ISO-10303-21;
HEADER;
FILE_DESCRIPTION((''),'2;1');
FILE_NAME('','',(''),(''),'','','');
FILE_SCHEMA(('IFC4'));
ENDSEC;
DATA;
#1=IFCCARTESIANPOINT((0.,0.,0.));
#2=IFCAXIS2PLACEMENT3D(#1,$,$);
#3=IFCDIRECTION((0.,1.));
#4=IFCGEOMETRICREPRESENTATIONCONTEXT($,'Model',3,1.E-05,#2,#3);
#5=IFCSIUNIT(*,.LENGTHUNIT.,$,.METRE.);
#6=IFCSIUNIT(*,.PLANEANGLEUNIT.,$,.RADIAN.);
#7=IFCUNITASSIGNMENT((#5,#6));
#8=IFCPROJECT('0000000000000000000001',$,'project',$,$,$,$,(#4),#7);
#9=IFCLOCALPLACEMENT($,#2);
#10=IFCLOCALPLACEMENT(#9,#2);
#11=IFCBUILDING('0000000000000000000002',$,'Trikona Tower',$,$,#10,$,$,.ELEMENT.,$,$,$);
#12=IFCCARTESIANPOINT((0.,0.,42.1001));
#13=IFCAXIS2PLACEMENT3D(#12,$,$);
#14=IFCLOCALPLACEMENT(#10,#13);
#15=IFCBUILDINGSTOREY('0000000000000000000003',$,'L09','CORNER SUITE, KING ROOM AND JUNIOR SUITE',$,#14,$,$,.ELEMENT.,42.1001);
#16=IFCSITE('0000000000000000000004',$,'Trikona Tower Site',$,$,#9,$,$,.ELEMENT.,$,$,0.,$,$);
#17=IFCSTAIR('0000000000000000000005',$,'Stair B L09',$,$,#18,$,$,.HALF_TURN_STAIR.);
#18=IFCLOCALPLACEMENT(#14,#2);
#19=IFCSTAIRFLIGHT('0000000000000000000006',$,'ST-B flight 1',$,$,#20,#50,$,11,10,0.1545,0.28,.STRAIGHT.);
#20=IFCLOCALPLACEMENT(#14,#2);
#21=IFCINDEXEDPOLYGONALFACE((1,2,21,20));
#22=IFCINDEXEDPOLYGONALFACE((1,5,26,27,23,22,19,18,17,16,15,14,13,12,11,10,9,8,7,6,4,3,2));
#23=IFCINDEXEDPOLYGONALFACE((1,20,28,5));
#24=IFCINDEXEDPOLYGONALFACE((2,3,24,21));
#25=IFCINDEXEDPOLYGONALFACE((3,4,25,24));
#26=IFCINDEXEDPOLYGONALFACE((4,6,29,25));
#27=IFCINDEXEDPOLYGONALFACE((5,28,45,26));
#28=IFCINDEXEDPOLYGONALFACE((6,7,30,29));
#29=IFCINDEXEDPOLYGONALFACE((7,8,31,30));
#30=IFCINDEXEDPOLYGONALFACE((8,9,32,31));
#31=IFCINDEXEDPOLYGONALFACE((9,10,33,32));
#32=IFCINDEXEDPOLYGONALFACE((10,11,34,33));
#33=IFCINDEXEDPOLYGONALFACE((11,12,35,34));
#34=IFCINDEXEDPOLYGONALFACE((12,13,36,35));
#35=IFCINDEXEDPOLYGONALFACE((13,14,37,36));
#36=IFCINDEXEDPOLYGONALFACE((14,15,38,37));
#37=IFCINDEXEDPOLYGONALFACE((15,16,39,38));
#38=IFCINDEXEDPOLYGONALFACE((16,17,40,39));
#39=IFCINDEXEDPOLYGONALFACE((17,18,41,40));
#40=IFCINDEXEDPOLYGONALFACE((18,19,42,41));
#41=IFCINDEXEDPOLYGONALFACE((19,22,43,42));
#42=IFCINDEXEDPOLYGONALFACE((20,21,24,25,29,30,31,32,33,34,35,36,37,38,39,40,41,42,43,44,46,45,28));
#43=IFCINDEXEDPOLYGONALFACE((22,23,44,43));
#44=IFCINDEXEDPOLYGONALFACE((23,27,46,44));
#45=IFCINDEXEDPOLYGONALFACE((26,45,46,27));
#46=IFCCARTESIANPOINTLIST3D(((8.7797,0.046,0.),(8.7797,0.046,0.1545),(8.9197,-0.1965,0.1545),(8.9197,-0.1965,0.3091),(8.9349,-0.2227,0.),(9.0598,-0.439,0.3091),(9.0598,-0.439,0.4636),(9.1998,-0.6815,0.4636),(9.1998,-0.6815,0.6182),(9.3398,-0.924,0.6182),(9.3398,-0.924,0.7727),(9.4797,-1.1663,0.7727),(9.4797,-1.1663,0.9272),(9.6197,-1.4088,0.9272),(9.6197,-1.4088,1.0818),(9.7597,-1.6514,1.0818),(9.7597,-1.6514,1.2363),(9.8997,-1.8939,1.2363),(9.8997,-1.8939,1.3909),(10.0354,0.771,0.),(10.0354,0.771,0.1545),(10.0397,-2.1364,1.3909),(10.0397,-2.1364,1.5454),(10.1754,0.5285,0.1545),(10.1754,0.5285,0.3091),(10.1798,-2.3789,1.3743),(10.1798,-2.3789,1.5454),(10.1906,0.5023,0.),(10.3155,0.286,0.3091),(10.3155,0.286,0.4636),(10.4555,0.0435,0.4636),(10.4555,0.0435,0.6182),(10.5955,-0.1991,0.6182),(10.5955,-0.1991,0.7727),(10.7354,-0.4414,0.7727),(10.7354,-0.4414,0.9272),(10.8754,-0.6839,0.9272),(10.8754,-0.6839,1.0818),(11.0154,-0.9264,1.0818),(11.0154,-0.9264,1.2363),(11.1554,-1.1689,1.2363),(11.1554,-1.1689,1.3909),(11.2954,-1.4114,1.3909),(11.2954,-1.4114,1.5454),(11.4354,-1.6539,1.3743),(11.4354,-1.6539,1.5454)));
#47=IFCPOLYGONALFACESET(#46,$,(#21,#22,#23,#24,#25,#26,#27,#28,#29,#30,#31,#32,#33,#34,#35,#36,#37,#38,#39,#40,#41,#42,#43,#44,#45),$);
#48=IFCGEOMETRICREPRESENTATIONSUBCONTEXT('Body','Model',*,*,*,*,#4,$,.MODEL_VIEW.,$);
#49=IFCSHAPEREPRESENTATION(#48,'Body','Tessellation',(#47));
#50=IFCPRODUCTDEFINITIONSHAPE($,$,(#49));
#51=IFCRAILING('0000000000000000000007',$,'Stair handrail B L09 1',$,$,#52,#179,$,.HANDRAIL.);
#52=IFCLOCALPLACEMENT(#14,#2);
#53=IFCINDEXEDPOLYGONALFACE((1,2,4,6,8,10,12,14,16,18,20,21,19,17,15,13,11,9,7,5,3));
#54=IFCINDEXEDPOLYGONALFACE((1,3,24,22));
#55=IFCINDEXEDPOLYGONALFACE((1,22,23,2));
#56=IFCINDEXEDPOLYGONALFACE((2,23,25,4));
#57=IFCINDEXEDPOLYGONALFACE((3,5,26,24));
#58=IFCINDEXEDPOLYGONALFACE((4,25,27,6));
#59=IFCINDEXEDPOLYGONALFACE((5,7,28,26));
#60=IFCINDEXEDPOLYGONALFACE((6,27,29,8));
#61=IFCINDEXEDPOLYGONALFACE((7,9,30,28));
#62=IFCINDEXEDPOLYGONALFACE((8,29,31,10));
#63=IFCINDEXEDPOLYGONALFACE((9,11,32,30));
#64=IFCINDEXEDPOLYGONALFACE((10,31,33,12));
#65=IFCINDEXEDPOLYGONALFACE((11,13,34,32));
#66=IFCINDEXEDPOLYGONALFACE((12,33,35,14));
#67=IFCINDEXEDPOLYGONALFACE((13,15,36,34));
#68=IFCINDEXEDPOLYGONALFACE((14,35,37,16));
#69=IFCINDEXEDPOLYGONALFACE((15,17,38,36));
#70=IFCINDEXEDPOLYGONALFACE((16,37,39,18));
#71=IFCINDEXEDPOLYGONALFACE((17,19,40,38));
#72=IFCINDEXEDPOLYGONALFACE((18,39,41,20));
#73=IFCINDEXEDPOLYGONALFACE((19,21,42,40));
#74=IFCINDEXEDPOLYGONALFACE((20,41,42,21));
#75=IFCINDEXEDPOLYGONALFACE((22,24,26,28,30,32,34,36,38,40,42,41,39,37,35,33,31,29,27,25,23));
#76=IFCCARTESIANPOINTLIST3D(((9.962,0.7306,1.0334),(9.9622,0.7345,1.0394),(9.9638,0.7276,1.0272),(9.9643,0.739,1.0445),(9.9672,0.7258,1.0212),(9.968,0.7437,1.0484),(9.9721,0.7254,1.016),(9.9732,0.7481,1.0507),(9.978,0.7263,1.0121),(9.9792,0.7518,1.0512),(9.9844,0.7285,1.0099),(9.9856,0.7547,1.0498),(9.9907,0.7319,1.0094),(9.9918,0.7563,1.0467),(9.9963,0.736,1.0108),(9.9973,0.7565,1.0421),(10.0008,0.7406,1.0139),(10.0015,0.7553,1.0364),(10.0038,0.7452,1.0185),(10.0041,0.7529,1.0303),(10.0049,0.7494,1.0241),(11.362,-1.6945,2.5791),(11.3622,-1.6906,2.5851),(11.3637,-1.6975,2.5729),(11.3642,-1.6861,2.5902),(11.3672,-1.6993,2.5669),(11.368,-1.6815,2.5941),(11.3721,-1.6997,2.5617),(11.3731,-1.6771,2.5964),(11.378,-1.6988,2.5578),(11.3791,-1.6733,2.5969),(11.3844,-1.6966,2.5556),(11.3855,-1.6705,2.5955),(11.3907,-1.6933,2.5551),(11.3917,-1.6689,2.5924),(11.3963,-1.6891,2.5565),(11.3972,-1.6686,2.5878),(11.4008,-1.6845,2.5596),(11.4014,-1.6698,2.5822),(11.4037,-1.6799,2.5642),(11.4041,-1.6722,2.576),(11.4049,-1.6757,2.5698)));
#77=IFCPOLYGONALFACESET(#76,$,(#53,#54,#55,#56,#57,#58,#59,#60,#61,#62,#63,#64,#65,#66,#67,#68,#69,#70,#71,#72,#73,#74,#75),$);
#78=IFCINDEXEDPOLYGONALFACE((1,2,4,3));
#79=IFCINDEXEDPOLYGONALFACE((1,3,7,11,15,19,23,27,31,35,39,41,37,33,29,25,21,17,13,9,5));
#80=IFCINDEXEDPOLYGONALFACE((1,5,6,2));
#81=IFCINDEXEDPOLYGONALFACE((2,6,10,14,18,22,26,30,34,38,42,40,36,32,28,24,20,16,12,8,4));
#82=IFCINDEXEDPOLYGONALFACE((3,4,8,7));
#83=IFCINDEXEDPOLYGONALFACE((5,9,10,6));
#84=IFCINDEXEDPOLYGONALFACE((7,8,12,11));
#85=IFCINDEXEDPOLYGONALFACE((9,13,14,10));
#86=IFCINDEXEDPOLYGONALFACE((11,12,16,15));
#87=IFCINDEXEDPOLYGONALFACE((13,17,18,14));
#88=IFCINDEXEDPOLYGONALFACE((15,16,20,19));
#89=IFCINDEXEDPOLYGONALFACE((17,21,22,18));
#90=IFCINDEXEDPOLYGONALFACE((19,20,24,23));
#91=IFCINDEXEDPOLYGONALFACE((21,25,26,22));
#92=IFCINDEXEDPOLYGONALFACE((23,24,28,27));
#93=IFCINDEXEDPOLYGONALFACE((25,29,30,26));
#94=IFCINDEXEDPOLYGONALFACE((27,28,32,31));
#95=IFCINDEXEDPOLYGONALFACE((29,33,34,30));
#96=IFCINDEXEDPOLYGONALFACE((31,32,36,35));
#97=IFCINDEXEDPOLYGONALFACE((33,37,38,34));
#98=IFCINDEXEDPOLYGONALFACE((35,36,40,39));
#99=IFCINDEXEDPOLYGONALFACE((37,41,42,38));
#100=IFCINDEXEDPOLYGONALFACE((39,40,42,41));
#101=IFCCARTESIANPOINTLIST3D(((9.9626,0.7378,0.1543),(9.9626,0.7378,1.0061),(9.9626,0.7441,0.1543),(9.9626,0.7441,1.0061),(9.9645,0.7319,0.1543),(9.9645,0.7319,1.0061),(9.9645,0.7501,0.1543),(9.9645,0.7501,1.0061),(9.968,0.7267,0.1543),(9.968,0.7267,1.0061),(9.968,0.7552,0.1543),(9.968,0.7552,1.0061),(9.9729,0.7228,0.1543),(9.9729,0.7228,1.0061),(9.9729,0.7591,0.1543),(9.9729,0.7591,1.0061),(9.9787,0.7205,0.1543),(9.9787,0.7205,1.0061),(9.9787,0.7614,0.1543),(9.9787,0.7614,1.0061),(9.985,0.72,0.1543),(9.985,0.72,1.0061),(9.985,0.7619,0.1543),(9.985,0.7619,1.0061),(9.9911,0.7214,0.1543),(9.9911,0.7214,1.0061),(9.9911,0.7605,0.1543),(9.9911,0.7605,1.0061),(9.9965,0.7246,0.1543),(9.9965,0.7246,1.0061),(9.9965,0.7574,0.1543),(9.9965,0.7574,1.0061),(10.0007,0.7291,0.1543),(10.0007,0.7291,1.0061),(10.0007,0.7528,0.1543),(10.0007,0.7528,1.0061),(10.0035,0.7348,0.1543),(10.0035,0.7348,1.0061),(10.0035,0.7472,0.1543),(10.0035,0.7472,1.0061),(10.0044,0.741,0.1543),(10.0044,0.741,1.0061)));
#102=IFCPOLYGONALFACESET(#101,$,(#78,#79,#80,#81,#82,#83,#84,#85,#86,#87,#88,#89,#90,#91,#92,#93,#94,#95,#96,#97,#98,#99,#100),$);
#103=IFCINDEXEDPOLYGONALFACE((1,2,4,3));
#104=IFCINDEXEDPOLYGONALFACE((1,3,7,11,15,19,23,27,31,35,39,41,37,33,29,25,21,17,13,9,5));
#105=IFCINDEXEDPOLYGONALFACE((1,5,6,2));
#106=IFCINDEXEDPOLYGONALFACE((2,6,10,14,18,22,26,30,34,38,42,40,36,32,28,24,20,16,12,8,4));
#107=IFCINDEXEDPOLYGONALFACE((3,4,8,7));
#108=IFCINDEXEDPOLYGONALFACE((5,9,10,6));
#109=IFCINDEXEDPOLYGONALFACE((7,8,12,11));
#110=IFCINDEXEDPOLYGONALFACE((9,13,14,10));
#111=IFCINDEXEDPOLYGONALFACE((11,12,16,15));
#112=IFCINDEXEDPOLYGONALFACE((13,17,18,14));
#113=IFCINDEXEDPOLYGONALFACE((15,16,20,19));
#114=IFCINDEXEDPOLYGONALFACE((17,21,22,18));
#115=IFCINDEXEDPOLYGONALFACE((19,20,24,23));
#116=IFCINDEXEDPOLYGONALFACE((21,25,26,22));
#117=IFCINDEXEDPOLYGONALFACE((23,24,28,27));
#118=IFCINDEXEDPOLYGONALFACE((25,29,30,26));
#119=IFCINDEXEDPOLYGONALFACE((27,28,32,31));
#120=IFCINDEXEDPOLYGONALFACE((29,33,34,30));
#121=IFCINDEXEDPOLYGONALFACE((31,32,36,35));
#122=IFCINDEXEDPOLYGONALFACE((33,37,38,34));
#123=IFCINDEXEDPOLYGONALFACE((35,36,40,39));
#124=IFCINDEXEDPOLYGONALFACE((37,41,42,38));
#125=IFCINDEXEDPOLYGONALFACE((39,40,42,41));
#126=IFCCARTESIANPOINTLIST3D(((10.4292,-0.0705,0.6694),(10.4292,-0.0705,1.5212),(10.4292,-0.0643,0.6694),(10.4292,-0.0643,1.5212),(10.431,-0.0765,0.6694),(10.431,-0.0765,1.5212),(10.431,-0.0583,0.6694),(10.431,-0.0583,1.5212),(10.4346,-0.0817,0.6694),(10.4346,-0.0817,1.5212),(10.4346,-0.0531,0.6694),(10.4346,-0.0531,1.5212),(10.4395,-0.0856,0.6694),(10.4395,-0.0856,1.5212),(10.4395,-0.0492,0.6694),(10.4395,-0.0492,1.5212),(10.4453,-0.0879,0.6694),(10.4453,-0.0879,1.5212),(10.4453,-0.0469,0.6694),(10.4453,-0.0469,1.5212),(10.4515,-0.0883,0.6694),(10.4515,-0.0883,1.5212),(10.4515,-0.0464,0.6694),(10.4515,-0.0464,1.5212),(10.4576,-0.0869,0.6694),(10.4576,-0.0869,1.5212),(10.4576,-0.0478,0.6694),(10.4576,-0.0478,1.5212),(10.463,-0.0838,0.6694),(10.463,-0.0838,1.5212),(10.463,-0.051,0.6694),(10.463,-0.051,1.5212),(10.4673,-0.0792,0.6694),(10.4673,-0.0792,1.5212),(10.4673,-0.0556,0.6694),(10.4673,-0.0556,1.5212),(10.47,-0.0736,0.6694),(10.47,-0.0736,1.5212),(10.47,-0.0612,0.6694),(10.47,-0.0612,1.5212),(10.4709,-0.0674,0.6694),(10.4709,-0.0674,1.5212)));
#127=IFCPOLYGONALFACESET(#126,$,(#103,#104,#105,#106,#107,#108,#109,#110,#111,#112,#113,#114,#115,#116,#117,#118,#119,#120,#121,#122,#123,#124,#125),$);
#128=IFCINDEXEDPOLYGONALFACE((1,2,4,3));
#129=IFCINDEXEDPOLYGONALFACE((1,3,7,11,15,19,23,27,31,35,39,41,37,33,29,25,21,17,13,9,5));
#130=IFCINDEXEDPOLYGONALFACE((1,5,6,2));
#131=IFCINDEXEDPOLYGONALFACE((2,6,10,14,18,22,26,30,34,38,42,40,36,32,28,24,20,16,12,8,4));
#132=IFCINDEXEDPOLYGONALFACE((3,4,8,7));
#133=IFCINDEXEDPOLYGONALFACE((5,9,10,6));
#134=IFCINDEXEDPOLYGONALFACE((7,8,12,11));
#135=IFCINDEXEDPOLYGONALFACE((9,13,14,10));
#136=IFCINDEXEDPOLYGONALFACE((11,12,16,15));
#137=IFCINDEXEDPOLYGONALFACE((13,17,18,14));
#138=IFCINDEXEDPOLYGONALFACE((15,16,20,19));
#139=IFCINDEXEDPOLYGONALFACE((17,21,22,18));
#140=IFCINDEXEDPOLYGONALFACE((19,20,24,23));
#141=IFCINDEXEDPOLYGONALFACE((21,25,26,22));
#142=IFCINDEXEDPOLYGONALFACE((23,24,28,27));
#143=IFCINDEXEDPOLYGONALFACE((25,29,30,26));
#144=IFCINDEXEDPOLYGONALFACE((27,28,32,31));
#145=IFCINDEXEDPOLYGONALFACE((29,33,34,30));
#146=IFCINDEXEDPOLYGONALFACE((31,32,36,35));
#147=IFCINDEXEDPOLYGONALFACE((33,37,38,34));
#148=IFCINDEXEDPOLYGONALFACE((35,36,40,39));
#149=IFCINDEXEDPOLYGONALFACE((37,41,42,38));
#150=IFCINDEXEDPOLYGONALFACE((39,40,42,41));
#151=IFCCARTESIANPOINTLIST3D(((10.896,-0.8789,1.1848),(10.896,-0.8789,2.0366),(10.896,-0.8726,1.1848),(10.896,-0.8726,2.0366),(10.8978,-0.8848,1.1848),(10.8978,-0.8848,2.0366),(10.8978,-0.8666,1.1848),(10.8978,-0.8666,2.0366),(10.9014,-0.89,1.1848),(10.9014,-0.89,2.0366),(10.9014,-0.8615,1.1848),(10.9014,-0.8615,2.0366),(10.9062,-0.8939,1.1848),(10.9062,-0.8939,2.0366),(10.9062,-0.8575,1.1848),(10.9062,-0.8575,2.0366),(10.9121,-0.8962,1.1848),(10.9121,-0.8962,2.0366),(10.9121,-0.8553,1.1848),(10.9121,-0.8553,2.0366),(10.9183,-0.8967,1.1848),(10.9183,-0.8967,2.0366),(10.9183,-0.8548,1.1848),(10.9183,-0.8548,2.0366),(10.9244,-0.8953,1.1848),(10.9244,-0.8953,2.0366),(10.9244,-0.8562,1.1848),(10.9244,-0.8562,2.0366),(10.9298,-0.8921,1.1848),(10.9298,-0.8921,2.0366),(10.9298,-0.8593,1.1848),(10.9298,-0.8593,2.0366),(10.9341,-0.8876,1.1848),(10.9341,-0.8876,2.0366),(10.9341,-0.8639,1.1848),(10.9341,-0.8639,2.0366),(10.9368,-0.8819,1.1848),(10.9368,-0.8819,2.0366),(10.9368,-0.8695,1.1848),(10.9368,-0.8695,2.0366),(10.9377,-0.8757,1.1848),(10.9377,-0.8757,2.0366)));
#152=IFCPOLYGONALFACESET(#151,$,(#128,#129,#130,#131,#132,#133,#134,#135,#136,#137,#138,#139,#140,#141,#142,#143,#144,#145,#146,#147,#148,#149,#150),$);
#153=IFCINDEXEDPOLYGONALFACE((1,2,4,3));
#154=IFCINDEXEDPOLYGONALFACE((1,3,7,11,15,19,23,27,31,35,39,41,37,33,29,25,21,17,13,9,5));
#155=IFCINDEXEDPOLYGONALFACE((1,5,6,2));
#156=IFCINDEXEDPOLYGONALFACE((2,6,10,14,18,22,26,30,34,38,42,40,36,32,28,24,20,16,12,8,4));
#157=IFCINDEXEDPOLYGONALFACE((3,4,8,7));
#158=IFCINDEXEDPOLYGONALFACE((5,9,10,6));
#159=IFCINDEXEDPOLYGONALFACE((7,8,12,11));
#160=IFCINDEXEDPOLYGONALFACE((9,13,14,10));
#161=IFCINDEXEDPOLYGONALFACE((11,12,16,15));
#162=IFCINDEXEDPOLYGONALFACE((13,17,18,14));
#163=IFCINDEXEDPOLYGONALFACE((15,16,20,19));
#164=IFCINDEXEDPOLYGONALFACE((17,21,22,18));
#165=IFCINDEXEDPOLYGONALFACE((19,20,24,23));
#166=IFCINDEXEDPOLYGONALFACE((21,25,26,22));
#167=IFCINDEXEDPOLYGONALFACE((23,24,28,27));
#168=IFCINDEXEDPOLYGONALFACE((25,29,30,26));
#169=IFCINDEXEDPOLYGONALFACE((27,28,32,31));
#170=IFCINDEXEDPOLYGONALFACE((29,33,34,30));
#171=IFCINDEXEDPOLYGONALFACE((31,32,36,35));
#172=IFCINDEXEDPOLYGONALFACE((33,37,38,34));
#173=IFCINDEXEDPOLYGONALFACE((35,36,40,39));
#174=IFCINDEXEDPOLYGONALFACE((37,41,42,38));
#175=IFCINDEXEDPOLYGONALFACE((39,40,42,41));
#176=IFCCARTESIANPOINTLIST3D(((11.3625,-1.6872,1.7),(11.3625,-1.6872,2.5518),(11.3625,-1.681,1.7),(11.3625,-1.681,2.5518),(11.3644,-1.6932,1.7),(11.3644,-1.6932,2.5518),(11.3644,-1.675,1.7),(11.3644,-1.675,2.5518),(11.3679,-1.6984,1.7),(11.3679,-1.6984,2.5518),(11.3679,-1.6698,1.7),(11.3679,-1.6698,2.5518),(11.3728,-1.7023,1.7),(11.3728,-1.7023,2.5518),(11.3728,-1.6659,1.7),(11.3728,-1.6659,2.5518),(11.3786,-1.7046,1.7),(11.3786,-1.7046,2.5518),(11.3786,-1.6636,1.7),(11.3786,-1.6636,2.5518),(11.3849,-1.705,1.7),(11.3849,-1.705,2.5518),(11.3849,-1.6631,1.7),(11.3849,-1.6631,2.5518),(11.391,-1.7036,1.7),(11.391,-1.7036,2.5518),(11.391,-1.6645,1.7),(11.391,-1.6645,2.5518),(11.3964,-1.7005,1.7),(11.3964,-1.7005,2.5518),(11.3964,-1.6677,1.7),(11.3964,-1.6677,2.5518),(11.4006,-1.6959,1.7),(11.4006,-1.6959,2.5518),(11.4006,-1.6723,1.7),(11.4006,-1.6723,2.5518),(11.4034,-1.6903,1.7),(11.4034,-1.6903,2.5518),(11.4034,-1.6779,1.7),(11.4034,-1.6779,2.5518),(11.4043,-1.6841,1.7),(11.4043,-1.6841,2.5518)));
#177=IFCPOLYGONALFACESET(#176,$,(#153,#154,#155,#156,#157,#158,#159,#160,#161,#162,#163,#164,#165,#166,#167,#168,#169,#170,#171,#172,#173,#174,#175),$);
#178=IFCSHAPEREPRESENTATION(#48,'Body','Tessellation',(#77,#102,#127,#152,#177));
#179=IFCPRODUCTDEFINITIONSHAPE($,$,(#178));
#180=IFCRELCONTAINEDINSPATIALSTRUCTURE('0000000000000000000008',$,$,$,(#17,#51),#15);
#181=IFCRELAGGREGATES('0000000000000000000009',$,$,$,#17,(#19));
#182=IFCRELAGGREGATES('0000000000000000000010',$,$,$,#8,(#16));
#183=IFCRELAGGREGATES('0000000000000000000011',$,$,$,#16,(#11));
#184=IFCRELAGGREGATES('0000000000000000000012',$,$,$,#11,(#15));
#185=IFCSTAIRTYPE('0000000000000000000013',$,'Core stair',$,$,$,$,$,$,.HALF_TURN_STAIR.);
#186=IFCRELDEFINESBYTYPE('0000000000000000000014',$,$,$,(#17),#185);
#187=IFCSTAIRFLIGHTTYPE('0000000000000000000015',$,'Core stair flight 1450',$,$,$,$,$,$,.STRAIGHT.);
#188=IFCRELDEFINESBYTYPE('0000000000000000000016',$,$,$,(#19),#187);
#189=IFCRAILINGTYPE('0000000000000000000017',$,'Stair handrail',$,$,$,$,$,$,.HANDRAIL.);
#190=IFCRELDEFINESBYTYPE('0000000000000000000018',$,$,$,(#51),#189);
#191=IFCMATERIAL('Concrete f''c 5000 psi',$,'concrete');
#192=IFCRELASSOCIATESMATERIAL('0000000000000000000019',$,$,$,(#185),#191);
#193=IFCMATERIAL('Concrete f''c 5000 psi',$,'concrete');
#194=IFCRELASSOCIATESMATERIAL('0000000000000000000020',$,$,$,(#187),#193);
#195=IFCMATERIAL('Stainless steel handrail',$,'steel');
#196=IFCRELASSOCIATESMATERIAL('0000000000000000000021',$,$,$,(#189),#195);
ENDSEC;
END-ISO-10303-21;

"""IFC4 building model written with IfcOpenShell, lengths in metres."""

from ifc_helpers import new_model, si_unit, direction, frame, origin, origin_2d, place, context, subcontext, project, spatial, polyline, circle, outline, extrude, material, type_object, element, aggregate, save


model = new_model("IFC4")

# Units and contexts
model_context = context("Model", 3, precision=1e-05, world=origin(), true_north=direction((0.0, 1.0)))
body_context = subcontext(model_context, "Body", "Model", "MODEL_VIEW")
ifc_project = project(units=[si_unit("LENGTHUNIT", "METRE"), si_unit("PLANEANGLEUNIT", "RADIAN")], contexts=[model_context])

# Site, building, storey
site_placement = place(None, origin())
site = spatial("IfcSite", under=ifc_project, at=site_placement, Name="Trikona Tower Site", CompositionType="ELEMENT", RefElevation=0.0)
building_placement = place(site_placement, origin())
building = spatial("IfcBuilding", under=site, at=building_placement, Name="Trikona Tower", CompositionType="ELEMENT")
storey_placement = place(building_placement, frame((0.0, 0.0, 42.1001)))
storey = spatial("IfcBuildingStorey", under=building, at=storey_placement, Name="L09", Description="CORNER SUITE, KING ROOM AND JUNIOR SUITE", CompositionType="ELEMENT", Elevation=42.1001)

# Stair
ifc_material_1 = material(Name="Concrete f'c 5000 psi", Category="concrete")
stair_type = type_object("IfcStairType", Name="Core stair", PredefinedType="HALF_TURN_STAIR", material=ifc_material_1)
stair_1_placement = place(storey_placement, origin())
stair_1 = element("IfcStair", 1, at=stair_1_placement, inside=storey, type_object=stair_type, Name="Stair B L09", PredefinedType="HALF_TURN_STAIR")

# Stair flight
ifc_material_2 = material(Name="Concrete f'c 5000 psi", Category="concrete")
stair_flight_type = type_object("IfcStairFlightType", Name="Core stair flight 1450", PredefinedType="STRAIGHT", material=ifc_material_2)
stair_flight_placement = place(storey_placement, frame((9.4075, 0.4084, 0.0), z_axis=(0.0, 0.0, 1.0), x_axis=(0.5, -0.866025, 0.0)))
stair_flight = element("IfcStairFlight", 2, at=stair_flight_placement, type_object=stair_flight_type, Name="ST-B flight 1", NumberOfRisers=11, NumberOfTreads=10, PredefinedType="STRAIGHT", RiserHeight=0.1545, TreadLength=0.28, context=body_context, shape_type="SweptSolid", body=[
    extrude(outline(polyline([(0.0, 0.0), (0.0, 0.1545), (0.28, 0.1545), (0.28, 0.3091), (0.5601, 0.3091), (0.5601, 0.4636), (0.8401, 0.4636), (0.8401, 0.6182), (1.1201, 0.6182), (1.1201, 0.7727), (1.3999, 0.7727), (1.3999, 0.9272), (1.6799, 0.9272), (1.6799, 1.0818), (1.96, 1.0818), (1.96, 1.2363), (2.24, 1.2363), (2.24, 1.3909), (2.52, 1.3909), (2.52, 1.5454), (2.8, 1.5454), (2.8, 1.7), (2.8, 1.3743), (0.3103, 0.0), (0.0, 0.0)])), frame((0.0, 0.7251, 0.0), z_axis=(0.0, -1.0, 0.0), x_axis=(1.0, 0.0, 0.0)), (0.0, 0.0, 1.0), 1.45),
])
aggregate(stair_1, [stair_flight])

# Railing
ifc_material_3 = material(Name="Stainless steel handrail", Category="steel")
railing_type = type_object("IfcRailingType", Name="Stair handrail", PredefinedType="HANDRAIL", material=ifc_material_3)
railing_placement = place(storey_placement, frame((9.9834, 0.741, 0.1543)))
element("IfcRailing", 3, at=railing_placement, inside=storey, type_object=railing_type, Name="Stair handrail B L09 1", PredefinedType="HANDRAIL", context=body_context, shape_type="SweptSolid", body=[
    extrude(circle(Radius=0.0239, at=origin_2d()), frame((0.0, 0.0, 0.876), z_axis=(0.437691, -0.758212, 0.483262), x_axis=(0.866056, 0.499946, 0.0)), (0.0, 0.0, 1.0), 3.1985),
    extrude(circle(Radius=0.021, at=origin_2d()), origin(), (0.0, 0.0, 1.0), 0.8518),
    extrude(circle(Radius=0.021, at=origin_2d()), frame((0.4666, -0.8083, 0.5151)), (0.0, 0.0, 1.0), 0.8518),
    extrude(circle(Radius=0.021, at=origin_2d()), frame((0.9333, -1.6167, 1.0305)), (0.0, 0.0, 1.0), 0.8518),
    extrude(circle(Radius=0.021, at=origin_2d()), frame((1.3999, -2.425, 1.5457)), (0.0, 0.0, 1.0), 0.8518),
])

save(model, "model.ifc")
